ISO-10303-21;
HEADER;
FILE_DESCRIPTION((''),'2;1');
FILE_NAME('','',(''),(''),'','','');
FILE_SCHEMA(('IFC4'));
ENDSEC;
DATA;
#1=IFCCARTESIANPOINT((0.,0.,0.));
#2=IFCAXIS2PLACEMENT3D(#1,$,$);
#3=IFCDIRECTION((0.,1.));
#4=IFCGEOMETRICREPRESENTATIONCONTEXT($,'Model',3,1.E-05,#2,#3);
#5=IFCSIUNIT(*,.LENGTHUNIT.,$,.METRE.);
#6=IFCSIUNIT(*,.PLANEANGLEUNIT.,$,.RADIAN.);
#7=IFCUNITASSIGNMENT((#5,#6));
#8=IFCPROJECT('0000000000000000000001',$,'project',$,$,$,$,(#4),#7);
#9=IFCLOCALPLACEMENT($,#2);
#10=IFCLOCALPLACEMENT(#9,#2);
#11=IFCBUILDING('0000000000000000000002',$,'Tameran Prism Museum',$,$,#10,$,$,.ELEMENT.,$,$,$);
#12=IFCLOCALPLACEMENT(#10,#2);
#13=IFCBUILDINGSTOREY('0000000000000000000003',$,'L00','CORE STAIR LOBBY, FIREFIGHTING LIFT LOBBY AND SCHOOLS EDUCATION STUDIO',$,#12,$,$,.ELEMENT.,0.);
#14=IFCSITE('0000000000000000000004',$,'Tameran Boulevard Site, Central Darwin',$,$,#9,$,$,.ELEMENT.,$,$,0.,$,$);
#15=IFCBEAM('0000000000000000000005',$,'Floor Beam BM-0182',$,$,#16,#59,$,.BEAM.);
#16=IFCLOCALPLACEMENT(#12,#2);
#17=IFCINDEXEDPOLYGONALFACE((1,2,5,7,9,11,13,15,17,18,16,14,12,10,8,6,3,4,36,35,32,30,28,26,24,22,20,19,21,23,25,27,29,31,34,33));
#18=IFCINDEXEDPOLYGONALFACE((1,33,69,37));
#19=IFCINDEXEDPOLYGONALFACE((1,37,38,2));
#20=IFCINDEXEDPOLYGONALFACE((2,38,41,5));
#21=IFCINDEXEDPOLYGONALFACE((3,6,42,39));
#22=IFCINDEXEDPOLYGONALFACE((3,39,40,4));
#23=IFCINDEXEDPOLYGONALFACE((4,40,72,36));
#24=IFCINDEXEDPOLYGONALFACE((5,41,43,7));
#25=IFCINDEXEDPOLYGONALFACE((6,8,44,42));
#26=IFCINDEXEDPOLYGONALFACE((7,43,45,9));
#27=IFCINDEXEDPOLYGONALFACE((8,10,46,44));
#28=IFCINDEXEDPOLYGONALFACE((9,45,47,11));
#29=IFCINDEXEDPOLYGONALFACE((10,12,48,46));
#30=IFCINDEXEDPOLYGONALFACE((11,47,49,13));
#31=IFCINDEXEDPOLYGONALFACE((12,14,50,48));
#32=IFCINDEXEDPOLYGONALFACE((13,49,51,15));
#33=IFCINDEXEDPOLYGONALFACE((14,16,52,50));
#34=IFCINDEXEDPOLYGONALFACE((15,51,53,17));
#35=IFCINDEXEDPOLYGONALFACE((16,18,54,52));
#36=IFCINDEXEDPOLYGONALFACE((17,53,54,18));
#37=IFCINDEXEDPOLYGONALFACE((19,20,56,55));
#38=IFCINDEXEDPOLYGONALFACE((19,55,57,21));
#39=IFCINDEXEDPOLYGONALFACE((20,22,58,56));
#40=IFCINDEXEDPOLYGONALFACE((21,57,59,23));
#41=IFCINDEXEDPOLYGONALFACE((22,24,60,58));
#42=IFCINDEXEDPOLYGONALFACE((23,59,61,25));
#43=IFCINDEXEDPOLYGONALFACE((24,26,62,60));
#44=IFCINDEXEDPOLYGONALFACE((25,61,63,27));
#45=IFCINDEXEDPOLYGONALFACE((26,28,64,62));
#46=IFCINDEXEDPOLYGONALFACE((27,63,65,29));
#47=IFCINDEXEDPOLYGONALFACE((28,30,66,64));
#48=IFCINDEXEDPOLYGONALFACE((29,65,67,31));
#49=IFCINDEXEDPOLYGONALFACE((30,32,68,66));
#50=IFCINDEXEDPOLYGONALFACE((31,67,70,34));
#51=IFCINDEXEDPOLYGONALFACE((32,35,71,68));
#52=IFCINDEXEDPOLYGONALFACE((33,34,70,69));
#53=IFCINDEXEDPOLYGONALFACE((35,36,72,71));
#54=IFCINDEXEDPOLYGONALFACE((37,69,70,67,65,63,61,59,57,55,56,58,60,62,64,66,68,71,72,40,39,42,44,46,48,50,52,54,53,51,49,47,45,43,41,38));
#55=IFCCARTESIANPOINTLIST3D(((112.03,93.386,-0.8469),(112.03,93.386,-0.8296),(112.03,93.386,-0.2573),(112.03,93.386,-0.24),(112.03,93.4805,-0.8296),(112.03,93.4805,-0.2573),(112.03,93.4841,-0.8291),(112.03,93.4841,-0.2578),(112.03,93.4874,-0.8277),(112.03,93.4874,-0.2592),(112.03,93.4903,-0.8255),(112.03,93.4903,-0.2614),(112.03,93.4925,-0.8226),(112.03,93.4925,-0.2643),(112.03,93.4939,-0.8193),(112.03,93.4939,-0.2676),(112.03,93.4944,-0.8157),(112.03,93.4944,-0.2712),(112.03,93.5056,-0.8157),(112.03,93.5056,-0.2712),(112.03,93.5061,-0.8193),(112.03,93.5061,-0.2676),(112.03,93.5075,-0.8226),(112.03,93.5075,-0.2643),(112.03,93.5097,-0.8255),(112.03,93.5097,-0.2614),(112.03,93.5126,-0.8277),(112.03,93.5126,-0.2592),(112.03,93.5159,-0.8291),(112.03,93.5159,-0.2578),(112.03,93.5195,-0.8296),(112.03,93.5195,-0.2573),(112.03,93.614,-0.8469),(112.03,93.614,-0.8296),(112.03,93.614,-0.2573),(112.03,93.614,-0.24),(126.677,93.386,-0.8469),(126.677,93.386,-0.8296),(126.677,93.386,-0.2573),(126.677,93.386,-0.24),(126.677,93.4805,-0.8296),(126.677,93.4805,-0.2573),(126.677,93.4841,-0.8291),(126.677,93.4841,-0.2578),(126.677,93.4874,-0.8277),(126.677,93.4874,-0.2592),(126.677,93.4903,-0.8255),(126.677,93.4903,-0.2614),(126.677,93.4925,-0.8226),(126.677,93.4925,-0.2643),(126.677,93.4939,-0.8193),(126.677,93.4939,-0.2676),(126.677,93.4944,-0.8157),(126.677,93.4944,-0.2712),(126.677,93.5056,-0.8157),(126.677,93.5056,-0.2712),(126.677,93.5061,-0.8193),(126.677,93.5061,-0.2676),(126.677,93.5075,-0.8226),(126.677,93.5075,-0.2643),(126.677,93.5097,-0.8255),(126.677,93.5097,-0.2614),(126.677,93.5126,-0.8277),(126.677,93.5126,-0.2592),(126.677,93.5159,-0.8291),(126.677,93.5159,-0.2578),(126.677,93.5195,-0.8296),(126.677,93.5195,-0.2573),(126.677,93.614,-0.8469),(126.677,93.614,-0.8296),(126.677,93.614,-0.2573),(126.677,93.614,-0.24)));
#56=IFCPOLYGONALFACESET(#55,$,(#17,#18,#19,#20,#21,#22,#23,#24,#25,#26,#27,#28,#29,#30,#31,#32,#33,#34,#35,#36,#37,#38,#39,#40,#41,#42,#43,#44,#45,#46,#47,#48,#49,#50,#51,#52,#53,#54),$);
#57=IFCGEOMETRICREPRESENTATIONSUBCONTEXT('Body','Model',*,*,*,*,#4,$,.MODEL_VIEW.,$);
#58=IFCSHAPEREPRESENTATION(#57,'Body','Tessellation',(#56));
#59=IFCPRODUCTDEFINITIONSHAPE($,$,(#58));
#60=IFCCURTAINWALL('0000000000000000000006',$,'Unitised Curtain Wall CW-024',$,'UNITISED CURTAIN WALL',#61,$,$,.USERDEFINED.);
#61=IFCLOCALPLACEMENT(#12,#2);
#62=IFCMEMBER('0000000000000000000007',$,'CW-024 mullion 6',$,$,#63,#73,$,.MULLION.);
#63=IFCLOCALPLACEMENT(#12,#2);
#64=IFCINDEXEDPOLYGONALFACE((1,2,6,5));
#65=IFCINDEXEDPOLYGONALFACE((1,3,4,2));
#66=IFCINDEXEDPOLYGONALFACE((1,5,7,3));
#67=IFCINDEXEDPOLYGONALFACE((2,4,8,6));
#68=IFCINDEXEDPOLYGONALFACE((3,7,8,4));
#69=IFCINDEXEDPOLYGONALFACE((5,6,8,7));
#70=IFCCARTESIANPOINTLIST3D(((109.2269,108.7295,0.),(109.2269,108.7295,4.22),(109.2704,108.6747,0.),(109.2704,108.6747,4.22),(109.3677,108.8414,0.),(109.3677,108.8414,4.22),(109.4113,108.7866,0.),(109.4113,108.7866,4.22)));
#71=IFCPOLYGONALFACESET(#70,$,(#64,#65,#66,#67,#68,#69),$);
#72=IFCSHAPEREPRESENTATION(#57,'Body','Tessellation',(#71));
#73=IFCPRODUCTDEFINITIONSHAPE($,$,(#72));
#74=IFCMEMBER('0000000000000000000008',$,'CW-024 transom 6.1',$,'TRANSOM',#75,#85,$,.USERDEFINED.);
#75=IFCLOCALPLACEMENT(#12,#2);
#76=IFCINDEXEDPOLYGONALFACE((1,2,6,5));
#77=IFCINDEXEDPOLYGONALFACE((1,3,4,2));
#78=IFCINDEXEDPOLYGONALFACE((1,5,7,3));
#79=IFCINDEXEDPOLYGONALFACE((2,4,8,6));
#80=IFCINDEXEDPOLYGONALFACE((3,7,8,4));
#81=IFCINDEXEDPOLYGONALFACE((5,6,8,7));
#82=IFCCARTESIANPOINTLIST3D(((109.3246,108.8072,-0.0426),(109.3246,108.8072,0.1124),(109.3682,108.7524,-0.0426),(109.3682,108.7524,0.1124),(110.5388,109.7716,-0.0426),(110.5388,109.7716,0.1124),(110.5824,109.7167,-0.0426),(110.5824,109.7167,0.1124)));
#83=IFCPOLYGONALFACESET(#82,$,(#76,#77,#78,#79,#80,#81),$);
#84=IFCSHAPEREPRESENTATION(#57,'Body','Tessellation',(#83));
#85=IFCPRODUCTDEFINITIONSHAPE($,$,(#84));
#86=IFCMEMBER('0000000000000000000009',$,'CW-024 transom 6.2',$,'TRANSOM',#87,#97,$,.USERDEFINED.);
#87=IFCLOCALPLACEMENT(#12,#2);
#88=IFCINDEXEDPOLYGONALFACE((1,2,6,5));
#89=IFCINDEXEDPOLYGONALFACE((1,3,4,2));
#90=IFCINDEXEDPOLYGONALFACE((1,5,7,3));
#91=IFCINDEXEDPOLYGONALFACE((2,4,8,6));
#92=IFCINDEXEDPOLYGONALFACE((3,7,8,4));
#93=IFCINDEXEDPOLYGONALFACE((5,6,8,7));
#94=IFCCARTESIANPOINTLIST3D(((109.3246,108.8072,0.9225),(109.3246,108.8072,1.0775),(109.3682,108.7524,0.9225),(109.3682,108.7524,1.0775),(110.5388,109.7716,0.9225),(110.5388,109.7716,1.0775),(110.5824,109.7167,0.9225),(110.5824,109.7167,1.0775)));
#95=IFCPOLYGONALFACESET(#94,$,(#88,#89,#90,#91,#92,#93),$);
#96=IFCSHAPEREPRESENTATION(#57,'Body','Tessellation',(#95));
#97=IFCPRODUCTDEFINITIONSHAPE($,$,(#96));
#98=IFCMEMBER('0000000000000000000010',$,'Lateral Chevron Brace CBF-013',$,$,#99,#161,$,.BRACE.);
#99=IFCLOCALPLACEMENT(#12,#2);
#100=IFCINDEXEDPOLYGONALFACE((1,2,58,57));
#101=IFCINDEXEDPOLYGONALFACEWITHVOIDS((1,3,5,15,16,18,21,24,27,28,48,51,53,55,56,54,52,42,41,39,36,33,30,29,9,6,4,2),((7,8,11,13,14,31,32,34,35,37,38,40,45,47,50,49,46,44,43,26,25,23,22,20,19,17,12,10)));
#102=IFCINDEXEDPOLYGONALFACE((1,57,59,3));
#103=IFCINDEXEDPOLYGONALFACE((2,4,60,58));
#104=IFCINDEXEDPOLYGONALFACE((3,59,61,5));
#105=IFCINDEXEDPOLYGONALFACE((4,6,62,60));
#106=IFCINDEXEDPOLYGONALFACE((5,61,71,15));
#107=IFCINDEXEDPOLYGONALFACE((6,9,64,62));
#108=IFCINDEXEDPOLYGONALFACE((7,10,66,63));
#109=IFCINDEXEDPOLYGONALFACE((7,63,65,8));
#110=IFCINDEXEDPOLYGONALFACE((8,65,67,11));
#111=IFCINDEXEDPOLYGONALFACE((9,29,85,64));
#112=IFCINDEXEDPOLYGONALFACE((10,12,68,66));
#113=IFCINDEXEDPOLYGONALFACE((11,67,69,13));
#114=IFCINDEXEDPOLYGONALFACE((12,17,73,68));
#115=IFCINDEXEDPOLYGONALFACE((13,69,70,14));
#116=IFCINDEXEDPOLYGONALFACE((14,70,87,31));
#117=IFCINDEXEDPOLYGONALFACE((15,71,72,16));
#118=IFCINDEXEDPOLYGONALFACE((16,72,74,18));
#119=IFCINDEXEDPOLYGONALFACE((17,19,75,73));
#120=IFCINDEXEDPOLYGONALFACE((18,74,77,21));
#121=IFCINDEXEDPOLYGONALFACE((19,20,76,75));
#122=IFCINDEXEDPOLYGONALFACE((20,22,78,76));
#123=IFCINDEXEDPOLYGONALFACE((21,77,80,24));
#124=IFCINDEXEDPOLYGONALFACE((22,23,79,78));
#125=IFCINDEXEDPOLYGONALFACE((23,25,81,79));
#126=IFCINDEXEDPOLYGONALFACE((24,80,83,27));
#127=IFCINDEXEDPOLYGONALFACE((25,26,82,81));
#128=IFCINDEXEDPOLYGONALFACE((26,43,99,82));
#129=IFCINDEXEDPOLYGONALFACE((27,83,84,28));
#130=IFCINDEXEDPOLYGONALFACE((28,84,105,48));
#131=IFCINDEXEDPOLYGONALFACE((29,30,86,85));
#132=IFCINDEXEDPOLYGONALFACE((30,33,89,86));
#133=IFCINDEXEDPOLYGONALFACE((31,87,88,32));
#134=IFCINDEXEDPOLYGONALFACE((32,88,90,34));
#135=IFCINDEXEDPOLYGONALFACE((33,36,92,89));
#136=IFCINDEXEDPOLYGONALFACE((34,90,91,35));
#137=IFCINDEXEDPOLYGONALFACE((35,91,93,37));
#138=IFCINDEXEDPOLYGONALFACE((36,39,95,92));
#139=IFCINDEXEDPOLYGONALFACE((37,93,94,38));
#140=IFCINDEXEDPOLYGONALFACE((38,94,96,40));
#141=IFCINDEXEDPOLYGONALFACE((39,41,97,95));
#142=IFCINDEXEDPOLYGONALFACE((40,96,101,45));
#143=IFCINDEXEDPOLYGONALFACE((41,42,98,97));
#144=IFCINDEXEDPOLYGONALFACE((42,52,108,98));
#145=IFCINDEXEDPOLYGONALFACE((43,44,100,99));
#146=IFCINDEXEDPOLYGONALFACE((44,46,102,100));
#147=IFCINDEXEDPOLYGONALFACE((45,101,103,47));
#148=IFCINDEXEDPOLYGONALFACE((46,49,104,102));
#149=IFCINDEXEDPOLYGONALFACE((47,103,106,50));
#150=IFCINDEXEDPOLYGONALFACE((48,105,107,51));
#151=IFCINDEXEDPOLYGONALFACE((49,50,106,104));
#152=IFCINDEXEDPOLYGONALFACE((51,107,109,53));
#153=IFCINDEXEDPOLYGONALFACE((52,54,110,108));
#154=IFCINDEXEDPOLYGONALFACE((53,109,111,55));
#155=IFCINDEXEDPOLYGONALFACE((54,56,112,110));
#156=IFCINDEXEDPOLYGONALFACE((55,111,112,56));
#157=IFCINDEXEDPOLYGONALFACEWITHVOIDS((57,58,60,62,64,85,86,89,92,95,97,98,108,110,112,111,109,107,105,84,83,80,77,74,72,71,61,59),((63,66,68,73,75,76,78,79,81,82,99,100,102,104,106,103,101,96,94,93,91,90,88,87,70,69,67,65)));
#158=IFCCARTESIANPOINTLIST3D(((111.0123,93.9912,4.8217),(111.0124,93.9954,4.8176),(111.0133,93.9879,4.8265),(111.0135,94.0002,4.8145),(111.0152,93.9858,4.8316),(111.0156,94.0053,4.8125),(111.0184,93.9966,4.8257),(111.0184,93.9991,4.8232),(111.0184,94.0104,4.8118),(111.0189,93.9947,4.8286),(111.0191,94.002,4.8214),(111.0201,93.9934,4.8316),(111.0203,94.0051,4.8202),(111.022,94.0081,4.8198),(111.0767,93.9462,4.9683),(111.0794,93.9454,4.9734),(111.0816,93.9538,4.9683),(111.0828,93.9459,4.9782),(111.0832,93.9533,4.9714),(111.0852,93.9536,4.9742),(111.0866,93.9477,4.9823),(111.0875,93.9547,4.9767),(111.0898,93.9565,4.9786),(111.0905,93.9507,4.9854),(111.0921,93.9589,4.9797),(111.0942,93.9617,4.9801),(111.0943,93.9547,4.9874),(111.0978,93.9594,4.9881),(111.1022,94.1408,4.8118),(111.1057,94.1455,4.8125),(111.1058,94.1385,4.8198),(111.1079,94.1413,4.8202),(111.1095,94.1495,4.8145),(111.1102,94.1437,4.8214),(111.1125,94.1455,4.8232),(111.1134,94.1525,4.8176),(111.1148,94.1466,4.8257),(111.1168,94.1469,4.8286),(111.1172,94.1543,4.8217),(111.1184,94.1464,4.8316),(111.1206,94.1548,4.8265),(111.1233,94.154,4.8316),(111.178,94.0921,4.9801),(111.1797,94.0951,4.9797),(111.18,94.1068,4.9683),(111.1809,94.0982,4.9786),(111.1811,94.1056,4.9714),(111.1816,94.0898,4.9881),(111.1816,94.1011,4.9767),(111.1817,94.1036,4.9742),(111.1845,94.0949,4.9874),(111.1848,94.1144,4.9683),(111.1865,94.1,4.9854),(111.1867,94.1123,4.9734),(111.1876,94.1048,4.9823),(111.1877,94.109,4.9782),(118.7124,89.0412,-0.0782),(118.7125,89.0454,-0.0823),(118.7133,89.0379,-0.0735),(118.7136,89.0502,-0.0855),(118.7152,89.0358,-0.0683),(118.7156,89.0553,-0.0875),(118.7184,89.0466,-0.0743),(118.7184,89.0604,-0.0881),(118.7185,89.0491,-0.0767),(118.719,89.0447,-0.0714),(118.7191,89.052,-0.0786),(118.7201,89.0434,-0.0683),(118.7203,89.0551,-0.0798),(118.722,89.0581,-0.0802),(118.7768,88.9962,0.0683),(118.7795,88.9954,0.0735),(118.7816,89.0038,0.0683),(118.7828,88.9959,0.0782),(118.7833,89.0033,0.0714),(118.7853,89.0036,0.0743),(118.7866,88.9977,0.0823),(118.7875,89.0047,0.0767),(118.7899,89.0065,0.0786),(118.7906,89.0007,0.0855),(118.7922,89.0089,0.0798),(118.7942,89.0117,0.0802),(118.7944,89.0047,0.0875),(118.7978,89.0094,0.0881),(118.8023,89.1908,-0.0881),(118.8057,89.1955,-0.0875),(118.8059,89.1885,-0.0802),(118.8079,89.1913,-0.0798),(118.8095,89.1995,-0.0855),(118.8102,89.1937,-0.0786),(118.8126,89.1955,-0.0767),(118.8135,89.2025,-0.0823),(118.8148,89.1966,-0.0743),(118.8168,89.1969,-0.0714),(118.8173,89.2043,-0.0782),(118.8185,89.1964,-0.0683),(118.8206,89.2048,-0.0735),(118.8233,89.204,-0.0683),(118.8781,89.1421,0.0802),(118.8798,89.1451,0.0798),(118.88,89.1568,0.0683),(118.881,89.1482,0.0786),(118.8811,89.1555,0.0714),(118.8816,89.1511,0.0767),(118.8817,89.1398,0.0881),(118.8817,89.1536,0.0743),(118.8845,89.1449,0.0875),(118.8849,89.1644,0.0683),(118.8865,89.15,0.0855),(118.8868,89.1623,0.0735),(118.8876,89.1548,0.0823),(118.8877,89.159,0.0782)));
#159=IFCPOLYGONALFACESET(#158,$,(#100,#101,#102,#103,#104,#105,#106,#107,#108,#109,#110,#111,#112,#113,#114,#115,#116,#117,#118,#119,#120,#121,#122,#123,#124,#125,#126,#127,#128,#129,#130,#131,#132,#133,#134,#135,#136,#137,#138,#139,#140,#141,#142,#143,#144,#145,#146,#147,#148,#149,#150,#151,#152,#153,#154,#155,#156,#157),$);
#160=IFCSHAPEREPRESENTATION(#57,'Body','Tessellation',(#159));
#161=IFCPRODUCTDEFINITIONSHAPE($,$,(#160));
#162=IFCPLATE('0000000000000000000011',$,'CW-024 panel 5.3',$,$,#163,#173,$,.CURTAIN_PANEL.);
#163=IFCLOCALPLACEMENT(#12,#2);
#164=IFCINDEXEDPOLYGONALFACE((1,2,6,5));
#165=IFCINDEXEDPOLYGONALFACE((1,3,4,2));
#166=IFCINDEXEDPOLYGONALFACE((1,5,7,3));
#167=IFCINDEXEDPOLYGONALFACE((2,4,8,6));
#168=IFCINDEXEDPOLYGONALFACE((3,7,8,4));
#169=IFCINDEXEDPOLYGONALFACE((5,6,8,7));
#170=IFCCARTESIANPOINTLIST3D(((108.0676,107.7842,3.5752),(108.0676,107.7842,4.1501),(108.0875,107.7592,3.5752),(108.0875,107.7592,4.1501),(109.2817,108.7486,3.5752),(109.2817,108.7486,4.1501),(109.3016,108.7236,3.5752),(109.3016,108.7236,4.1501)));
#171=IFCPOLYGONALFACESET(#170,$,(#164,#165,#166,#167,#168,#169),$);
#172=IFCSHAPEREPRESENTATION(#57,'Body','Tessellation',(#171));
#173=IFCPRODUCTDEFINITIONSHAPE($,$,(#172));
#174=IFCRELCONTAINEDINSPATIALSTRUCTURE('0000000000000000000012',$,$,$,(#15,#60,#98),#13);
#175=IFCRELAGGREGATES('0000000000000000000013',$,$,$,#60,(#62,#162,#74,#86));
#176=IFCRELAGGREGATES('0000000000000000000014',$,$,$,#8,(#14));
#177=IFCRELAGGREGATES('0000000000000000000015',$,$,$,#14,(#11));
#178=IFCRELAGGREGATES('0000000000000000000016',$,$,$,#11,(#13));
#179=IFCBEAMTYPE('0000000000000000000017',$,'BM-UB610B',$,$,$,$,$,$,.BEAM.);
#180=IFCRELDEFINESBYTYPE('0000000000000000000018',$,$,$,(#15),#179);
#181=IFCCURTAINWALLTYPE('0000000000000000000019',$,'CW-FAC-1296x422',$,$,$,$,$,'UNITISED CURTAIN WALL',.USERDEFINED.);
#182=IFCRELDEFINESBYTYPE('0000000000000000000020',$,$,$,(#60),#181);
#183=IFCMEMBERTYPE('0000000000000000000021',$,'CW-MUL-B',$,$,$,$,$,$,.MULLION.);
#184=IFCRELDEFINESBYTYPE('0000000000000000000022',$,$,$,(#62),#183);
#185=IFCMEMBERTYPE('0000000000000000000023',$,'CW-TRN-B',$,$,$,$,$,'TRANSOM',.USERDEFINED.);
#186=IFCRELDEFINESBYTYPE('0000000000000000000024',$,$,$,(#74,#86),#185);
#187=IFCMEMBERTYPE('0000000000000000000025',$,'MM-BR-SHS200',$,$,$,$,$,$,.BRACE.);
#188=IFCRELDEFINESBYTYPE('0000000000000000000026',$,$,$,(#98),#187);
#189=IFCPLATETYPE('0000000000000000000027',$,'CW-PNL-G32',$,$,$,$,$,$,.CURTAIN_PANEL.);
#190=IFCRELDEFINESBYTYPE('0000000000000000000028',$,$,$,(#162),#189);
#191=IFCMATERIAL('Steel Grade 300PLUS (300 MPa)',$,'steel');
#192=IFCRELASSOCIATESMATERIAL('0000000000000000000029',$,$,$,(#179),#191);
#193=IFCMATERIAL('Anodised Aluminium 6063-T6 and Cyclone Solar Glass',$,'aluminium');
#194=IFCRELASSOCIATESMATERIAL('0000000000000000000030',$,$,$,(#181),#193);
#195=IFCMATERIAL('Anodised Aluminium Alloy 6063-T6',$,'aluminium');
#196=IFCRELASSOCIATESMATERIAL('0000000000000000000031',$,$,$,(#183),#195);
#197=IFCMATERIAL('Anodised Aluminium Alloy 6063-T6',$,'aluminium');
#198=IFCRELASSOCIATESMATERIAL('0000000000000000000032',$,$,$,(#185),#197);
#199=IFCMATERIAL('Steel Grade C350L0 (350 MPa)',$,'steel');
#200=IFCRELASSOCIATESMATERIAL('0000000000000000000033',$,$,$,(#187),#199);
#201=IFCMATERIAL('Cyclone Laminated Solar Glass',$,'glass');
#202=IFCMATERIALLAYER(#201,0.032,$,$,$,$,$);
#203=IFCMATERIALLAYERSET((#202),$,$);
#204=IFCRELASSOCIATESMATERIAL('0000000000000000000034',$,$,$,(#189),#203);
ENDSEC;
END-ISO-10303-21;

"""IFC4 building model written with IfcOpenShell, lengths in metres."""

from ifc_helpers import new_model, si_unit, direction, frame, origin, origin_2d, place, context, subcontext, project, spatial, rectangle, hollow_rectangle, i_section, extrude, material, layer, layer_set, material_profile, profile_set, type_object, element, aggregate, save


model = new_model("IFC4")

# Units and contexts
model_context = context("Model", 3, precision=1e-05, world=origin(), true_north=direction((0.0, 1.0)))
body_context = subcontext(model_context, "Body", "Model", "MODEL_VIEW")
ifc_project = project(units=[si_unit("LENGTHUNIT", "METRE"), si_unit("PLANEANGLEUNIT", "RADIAN")], contexts=[model_context])

# Site, building, storey
site_placement = place(None, origin())
site = spatial("IfcSite", under=ifc_project, at=site_placement, Name="Tameran Boulevard Site, Central Darwin", CompositionType="ELEMENT", RefElevation=0.0)
building_placement = place(site_placement, origin())
building = spatial("IfcBuilding", under=site, at=building_placement, Name="Tameran Prism Museum", CompositionType="ELEMENT")
storey_placement = place(building_placement, origin())
storey = spatial("IfcBuildingStorey", under=building, at=storey_placement, Name="L00", Description="CORE STAIR LOBBY, FIREFIGHTING LIFT LOBBY AND SCHOOLS EDUCATION STUDIO", CompositionType="ELEMENT", Elevation=0.0)

# Beam
ifc_material_1 = material(Name="Steel Grade 300PLUS (300 MPa)", Category="steel")
ifc_material_profile_1 = material_profile(ifc_material_1, i_section(OverallWidth=0.228, OverallDepth=0.6069, WebThickness=0.0112, FlangeThickness=0.0173, FilletRadius=0.0139, at=origin_2d()))
ifc_profile_set_1 = profile_set([ifc_material_profile_1])
beam_type_1 = type_object("IfcBeamType", Name="BM-UB610B", PredefinedType="BEAM", material=ifc_profile_set_1)
beam_1_placement = place(storey_placement, frame((112.03, 93.5, -0.5435), z_axis=(1.0, 0.0, 0.0), x_axis=(0.0, 1.0, 0.0)))
element("IfcBeam", 1, at=beam_1_placement, inside=storey, type_object=beam_type_1, Name="Floor Beam BM-0182", PredefinedType="BEAM", context=body_context, shape_type="SweptSolid", body=[
    extrude(i_section(OverallWidth=0.228, OverallDepth=0.6069, WebThickness=0.0112, FlangeThickness=0.0173, FilletRadius=0.0139, at=origin_2d()), origin(), (0.0, 0.0, 1.0), 14.647),
])

# Curtain wall, members
ifc_material_2 = material(Name="Anodised Aluminium 6063-T6 and Cyclone Solar Glass", Category="aluminium")
curtain_wall_type = type_object("IfcCurtainWallType", Name="CW-FAC-1296x422", ElementType="UNITISED CURTAIN WALL", PredefinedType="USERDEFINED", material=ifc_material_2)
curtain_wall_placement = place(storey_placement, origin())
curtain_wall = element("IfcCurtainWall", 2, at=curtain_wall_placement, inside=storey, type_object=curtain_wall_type, Name="Unitised Curtain Wall CW-024", ObjectType="UNITISED CURTAIN WALL", PredefinedType="USERDEFINED")
ifc_material_3 = material(Name="Anodised Aluminium Alloy 6063-T6", Category="aluminium")
ifc_material_profile_2 = material_profile(ifc_material_3, rectangle(XDim=0.0701, YDim=0.1799, at=origin_2d()))
ifc_profile_set_2 = profile_set([ifc_material_profile_2])
member_type_1 = type_object("IfcMemberType", Name="CW-MUL-B", PredefinedType="MULLION", material=ifc_profile_set_2)
member_1_placement = place(storey_placement, frame((109.3191, 108.7581, 0.0), z_axis=(0.0, 0.0, 1.0), x_axis=(-0.621982, 0.783031, 0.0)))
member_1 = element("IfcMember", 3, at=member_1_placement, type_object=member_type_1, Name="CW-024 mullion 6", PredefinedType="MULLION", context=body_context, shape_type="SweptSolid", body=[
    extrude(rectangle(XDim=0.0701, YDim=0.1799, at=origin_2d()), origin(), (0.0, 0.0, 1.0), 4.22),
])
ifc_material_4 = material(Name="Anodised Aluminium Alloy 6063-T6", Category="aluminium")
ifc_material_profile_3 = material_profile(ifc_material_4, rectangle(XDim=0.0701, YDim=0.155, at=origin_2d()))
ifc_profile_set_3 = profile_set([ifc_material_profile_3])
member_type_2 = type_object("IfcMemberType", Name="CW-TRN-B", ElementType="TRANSOM", PredefinedType="USERDEFINED", material=ifc_profile_set_3)
member_2_placement = place(storey_placement, frame((109.3464, 108.7798, 0.0349), z_axis=(0.783045, 0.621965, 0.0), x_axis=(-0.621965, 0.783045, 0.0)))
member_2 = element("IfcMember", 4, at=member_2_placement, type_object=member_type_2, Name="CW-024 transom 6.1", ObjectType="TRANSOM", PredefinedType="USERDEFINED", context=body_context, shape_type="SweptSolid", body=[
    extrude(rectangle(XDim=0.0701, YDim=0.155, at=origin_2d()), origin(), (0.0, 0.0, 1.0), 1.5505),
])
member_3_placement = place(storey_placement, frame((109.3464, 108.7798, 1.0), z_axis=(0.783045, 0.621965, 0.0), x_axis=(-0.621965, 0.783045, 0.0)))
member_3 = element("IfcMember", 5, at=member_3_placement, type_object=member_type_2, Name="CW-024 transom 6.2", ObjectType="TRANSOM", PredefinedType="USERDEFINED", context=body_context, shape_type="SweptSolid", body=[
    extrude(rectangle(XDim=0.0701, YDim=0.155, at=origin_2d()), origin(), (0.0, 0.0, 1.0), 1.5505),
])

# Member
ifc_material_5 = material(Name="Steel Grade C350L0 (350 MPa)", Category="steel")
ifc_material_profile_4 = material_profile(ifc_material_5, hollow_rectangle(XDim=0.2, YDim=0.2, WallThickness=0.009, InnerFilletRadius=0.0134, OuterFilletRadius=0.0225, at=origin_2d()))
ifc_profile_set_4 = profile_set([ifc_material_profile_4])
member_type_3 = type_object("IfcMemberType", Name="MM-BR-SHS200", PredefinedType="BRACE", material=ifc_profile_set_4)
member_4_placement = place(storey_placement, frame((118.8, 89.1001, 0.0), z_axis=(-0.741614, 0.47675, 0.47193), x_axis=(-0.540756, -0.841179, 0.0)))
element("IfcMember", 6, at=member_4_placement, inside=storey, type_object=member_type_3, Name="Lateral Chevron Brace CBF-013", PredefinedType="BRACE", context=body_context, shape_type="SweptSolid", body=[
    extrude(hollow_rectangle(XDim=0.2, YDim=0.2, WallThickness=0.009, InnerFilletRadius=0.0134, OuterFilletRadius=0.0225, at=origin_2d()), origin(), (0.0, 0.0, 1.0), 10.3828),
])

# Plate
ifc_material_6 = material(Name="Cyclone Laminated Solar Glass", Category="glass")
ifc_layer_1 = layer(ifc_material_6, 0.032)
ifc_layer_set_1 = layer_set([ifc_layer_1])
plate_type = type_object("IfcPlateType", Name="CW-PNL-G32", PredefinedType="CURTAIN_PANEL", material=ifc_layer_set_1)
plate_placement = place(storey_placement, frame((108.6846, 108.2539, 3.5752), z_axis=(0.0, 0.0, 1.0), x_axis=(0.783031, 0.621982, 0.0)))
plate = element("IfcPlate", 7, at=plate_placement, type_object=plate_type, Name="CW-024 panel 5.3", PredefinedType="CURTAIN_PANEL", context=body_context, shape_type="SweptSolid", body=[
    extrude(rectangle(XDim=1.5505, YDim=0.032, at=origin_2d()), origin(), (0.0, 0.0, 1.0), 0.575),
])
aggregate(curtain_wall, [member_1, plate, member_2, member_3])

save(model, "model.ifc")
